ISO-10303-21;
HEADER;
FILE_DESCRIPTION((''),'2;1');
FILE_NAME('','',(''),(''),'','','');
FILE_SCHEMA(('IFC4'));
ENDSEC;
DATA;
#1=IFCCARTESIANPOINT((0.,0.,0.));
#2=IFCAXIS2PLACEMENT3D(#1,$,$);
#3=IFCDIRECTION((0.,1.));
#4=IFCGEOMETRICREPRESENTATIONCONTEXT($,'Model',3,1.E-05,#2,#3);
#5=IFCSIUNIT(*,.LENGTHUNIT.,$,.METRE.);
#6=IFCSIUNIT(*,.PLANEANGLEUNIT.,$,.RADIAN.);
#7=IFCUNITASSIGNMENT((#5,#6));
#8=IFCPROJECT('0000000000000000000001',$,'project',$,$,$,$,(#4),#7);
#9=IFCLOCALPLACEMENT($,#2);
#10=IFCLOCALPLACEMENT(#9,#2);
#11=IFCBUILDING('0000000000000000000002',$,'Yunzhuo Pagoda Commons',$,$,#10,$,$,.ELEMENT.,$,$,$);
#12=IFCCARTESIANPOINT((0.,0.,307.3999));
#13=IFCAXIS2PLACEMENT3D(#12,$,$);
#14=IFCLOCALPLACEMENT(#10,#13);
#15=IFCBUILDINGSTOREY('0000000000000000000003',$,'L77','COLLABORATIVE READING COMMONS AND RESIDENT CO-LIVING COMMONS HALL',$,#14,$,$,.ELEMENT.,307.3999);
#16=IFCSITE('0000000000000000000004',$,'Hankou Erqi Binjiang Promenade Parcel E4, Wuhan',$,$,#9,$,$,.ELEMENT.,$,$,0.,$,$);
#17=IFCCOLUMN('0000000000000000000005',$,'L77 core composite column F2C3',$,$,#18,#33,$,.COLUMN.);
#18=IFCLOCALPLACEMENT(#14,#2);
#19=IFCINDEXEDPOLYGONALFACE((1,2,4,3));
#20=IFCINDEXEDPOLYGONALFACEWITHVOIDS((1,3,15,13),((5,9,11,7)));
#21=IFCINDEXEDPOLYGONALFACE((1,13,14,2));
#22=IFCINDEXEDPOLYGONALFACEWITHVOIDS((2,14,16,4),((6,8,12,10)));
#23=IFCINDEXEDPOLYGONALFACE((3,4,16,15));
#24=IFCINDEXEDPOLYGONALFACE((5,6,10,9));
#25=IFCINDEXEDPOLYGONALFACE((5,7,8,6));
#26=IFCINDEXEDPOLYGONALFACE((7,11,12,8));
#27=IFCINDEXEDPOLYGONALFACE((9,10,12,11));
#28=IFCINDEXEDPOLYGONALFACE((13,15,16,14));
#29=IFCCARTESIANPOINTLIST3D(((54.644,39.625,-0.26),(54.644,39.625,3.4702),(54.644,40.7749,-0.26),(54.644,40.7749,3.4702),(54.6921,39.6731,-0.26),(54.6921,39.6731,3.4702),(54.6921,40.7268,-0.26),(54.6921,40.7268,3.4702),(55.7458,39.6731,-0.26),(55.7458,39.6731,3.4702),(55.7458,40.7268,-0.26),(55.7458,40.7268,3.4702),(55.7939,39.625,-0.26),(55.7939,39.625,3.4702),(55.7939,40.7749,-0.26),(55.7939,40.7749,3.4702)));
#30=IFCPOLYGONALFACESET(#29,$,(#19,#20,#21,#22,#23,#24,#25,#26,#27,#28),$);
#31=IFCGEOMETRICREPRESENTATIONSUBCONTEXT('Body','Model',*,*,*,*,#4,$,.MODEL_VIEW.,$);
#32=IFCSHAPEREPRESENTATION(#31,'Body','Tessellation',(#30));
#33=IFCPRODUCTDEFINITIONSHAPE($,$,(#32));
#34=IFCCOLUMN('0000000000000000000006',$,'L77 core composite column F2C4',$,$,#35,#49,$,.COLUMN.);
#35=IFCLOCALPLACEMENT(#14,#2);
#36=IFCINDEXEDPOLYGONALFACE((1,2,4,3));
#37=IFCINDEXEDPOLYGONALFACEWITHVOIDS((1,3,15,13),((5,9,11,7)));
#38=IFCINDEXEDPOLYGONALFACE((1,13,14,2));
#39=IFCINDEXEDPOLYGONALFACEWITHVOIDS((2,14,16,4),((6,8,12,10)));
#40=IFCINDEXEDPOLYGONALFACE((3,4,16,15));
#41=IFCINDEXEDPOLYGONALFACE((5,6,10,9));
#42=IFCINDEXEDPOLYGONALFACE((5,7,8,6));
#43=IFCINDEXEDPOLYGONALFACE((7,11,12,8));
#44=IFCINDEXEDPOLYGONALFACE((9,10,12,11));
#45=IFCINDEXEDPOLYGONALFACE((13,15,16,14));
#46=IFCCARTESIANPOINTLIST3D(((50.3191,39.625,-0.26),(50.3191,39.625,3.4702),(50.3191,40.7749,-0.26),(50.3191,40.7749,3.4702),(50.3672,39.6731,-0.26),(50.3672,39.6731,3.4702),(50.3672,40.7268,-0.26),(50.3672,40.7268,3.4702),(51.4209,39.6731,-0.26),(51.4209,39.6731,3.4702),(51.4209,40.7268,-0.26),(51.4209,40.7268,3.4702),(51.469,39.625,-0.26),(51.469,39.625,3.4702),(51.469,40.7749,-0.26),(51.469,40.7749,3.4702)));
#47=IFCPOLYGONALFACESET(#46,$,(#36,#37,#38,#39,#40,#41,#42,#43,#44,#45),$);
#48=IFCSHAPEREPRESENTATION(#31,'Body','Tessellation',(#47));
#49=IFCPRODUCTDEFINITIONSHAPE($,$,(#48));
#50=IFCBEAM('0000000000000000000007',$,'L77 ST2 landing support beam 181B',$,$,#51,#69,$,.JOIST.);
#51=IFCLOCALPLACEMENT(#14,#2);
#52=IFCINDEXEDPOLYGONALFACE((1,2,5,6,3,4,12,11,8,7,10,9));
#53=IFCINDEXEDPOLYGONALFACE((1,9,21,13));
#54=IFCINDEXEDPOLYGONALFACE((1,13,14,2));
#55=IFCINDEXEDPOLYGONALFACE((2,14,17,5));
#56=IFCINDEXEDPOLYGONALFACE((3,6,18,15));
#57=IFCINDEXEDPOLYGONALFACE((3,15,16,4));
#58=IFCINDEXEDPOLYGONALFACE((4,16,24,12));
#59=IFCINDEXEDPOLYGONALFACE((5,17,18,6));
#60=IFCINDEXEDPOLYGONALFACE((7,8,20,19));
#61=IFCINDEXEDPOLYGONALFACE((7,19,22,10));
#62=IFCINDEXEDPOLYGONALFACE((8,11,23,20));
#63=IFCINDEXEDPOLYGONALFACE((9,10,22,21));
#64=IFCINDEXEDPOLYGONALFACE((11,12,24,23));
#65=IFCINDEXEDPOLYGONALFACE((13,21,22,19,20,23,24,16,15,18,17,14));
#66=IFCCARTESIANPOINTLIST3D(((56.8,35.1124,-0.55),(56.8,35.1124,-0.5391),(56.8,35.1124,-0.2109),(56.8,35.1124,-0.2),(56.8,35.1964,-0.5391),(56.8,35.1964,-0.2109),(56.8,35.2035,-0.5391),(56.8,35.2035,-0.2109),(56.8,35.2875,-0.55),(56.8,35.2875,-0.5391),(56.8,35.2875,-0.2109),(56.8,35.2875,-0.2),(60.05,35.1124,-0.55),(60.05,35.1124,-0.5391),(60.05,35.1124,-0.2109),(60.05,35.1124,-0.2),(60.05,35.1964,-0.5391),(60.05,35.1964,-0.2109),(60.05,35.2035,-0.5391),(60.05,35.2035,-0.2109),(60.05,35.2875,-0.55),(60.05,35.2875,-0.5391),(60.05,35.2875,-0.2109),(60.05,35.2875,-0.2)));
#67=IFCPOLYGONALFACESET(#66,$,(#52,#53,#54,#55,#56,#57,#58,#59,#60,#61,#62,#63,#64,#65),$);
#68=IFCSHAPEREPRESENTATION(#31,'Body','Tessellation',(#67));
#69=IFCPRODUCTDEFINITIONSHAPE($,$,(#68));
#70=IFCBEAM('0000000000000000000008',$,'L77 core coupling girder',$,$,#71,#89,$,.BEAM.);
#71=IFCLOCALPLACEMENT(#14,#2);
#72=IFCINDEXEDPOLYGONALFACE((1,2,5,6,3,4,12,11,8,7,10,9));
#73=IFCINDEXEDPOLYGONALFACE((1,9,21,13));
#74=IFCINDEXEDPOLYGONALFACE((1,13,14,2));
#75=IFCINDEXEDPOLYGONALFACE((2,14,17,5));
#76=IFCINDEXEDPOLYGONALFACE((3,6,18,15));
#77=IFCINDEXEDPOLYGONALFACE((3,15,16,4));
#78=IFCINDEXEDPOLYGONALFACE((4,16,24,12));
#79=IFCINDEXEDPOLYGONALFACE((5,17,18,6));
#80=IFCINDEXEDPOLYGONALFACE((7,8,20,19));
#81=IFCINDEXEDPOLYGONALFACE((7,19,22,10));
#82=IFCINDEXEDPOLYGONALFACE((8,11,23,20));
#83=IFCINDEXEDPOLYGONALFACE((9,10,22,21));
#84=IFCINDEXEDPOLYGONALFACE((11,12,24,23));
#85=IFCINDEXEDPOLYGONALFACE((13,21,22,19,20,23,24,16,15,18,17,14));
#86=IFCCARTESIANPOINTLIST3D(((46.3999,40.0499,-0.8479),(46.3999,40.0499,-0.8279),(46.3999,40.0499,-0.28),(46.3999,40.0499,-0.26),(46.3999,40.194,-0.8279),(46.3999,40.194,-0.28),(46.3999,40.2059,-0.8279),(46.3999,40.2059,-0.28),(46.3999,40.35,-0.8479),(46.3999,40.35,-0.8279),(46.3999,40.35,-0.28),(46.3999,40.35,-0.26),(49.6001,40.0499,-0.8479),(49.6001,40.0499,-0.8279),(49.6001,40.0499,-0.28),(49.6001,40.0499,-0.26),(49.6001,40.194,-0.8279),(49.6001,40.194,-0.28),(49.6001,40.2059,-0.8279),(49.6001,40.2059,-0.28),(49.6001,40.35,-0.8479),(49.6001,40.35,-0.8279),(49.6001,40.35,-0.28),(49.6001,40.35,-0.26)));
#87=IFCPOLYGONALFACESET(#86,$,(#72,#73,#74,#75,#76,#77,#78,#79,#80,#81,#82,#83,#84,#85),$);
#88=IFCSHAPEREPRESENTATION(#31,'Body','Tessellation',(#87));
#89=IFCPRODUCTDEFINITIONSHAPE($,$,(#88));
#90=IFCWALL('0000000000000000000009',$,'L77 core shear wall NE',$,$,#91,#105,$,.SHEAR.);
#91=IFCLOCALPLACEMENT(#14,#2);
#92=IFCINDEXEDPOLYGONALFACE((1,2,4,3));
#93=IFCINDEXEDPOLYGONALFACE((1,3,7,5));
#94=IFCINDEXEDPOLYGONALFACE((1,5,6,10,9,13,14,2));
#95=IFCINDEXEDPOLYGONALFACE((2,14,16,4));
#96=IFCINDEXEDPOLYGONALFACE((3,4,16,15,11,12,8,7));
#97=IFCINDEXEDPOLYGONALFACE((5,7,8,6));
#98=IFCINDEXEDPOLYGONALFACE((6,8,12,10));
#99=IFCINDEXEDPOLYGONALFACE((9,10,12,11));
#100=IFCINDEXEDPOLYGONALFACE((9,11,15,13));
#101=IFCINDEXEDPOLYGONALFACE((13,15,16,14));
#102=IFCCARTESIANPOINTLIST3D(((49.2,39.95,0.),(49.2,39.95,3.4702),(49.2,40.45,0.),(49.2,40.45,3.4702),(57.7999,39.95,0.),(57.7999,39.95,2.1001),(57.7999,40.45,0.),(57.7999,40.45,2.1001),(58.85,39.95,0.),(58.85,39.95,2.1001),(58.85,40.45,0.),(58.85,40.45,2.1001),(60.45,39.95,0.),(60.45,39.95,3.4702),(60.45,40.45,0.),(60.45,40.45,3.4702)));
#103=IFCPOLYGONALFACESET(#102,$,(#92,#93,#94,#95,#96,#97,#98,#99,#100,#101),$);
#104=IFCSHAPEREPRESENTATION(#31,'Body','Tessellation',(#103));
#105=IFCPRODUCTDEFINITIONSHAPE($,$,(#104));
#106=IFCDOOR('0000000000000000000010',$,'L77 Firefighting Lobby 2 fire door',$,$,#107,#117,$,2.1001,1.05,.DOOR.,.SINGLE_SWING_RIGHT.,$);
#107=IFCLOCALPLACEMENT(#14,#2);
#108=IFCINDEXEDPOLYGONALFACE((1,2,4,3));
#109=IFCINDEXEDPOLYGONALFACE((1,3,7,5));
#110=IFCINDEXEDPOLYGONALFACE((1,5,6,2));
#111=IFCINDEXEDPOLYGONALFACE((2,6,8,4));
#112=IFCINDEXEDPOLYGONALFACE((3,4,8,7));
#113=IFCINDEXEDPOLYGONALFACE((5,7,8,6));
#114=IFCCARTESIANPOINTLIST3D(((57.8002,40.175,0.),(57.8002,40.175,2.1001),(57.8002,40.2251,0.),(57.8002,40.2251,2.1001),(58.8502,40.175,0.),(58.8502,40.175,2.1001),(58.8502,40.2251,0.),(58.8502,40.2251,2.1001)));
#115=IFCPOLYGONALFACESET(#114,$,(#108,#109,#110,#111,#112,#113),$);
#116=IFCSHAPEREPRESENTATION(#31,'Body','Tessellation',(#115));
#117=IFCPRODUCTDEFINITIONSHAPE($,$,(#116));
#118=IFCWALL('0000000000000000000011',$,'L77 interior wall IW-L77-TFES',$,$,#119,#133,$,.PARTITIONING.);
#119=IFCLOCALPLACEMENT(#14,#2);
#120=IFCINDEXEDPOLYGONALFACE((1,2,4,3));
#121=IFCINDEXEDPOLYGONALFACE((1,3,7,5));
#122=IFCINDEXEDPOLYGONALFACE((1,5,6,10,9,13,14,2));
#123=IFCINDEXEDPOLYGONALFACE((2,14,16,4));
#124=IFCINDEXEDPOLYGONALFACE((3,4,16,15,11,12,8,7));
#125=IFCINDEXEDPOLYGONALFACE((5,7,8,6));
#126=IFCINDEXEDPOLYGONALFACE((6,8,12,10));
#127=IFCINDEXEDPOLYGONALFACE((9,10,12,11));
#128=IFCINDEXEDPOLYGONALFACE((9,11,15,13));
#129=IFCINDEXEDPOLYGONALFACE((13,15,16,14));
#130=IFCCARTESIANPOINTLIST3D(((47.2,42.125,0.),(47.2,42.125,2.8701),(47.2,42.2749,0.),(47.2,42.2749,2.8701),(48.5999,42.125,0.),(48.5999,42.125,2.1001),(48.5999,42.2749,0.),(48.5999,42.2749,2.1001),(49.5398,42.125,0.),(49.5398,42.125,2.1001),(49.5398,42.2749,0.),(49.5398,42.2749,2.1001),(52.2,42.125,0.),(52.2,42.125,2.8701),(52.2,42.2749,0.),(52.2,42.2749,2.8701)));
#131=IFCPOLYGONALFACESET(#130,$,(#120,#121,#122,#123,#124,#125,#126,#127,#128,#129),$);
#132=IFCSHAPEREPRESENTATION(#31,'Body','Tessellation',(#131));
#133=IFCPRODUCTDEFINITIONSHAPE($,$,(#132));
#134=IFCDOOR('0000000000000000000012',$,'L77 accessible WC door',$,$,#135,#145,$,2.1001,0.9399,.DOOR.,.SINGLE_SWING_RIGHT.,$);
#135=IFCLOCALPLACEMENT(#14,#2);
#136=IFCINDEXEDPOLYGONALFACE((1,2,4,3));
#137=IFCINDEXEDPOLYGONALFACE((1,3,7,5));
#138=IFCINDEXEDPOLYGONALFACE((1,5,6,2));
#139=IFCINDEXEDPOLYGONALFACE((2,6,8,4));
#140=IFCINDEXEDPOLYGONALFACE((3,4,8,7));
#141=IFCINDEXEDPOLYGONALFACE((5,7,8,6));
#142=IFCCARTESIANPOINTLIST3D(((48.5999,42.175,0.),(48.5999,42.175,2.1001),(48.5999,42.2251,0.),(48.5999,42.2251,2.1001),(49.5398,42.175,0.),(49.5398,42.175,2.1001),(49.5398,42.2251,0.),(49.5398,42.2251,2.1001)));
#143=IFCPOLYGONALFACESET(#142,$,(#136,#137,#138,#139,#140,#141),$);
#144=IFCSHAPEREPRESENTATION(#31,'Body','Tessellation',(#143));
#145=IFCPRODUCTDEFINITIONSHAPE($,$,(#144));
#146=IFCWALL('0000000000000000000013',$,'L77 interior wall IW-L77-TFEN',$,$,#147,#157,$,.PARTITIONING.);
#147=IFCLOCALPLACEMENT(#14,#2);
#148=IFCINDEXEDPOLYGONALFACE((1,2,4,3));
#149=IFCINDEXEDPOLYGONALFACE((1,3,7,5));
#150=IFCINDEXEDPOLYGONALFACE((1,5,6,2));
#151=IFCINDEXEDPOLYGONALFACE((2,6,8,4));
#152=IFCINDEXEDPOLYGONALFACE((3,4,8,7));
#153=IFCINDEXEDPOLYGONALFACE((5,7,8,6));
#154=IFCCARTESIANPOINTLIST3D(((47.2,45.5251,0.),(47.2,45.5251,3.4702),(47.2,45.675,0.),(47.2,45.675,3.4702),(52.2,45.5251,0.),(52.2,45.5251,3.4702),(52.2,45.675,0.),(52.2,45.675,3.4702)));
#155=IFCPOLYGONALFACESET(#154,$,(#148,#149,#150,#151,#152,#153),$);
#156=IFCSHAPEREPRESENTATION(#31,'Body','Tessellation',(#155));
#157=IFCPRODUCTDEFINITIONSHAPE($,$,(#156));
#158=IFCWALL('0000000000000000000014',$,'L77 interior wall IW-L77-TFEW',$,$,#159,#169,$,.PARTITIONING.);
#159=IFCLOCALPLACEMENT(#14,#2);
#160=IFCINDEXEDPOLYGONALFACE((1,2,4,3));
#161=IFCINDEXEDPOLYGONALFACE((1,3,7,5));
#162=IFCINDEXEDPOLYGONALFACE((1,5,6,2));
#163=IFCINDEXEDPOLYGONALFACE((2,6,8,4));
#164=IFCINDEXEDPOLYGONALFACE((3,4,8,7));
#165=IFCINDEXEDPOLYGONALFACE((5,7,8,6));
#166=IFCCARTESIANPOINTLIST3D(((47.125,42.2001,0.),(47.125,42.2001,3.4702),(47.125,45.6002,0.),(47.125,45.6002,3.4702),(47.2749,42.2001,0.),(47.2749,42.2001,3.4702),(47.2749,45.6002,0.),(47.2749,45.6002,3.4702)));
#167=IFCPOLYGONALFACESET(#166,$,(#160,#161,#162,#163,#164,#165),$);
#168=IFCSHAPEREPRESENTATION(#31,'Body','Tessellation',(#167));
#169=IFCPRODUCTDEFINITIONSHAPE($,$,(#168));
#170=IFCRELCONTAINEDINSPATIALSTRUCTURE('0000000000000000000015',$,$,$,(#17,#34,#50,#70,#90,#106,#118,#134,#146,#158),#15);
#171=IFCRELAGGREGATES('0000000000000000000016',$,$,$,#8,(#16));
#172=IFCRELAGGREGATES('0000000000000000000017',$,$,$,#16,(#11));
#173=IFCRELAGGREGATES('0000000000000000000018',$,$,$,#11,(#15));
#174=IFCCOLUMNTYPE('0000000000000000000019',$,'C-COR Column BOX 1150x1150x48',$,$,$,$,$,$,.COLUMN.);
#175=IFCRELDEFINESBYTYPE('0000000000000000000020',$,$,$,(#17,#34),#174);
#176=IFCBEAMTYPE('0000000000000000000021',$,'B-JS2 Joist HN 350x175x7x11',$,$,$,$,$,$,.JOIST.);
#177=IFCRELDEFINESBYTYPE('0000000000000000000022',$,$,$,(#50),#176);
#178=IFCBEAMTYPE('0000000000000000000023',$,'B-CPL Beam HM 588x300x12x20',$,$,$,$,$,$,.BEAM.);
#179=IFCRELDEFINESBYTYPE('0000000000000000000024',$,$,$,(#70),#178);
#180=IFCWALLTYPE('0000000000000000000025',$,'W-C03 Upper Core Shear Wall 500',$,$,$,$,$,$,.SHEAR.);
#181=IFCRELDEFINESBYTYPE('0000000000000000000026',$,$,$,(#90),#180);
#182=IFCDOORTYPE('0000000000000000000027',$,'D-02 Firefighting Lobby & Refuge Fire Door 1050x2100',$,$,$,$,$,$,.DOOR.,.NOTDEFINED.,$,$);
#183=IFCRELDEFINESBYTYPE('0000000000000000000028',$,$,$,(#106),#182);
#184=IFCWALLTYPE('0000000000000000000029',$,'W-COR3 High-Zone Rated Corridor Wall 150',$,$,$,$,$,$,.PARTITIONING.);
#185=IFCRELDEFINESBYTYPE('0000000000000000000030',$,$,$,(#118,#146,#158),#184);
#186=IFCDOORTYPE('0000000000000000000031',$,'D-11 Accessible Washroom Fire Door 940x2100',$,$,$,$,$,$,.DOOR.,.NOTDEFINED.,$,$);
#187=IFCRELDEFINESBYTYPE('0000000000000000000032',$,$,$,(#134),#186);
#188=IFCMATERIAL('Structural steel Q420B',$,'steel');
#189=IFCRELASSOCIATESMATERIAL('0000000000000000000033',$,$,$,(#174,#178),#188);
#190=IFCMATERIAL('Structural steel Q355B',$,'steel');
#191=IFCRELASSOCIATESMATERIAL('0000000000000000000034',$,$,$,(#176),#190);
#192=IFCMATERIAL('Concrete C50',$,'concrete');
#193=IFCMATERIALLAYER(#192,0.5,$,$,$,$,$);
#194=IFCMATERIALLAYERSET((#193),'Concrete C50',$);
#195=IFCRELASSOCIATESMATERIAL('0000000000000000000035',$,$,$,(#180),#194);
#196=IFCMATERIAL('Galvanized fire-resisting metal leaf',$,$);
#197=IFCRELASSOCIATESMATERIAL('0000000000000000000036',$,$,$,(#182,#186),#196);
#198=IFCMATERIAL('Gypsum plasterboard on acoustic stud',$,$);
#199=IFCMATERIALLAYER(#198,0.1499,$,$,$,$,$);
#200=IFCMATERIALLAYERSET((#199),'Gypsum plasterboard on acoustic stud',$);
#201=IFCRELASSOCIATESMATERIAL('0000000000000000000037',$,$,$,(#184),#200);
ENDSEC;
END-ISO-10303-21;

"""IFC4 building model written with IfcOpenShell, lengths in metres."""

from ifc_helpers import new_model, si_unit, direction, frame, frame_2d, origin, origin_2d, place, context, subcontext, project, spatial, rectangle, hollow_rectangle, i_section, extrude, source, transform, mapped, material, layer, layer_set, material_profile, profile_set, type_object, element, fill, save


model = new_model("IFC4")

# Units and contexts
model_context = context("Model", 3, precision=1e-05, world=origin(), true_north=direction((0.0, 1.0)))
body_context = subcontext(model_context, "Body", "Model", "MODEL_VIEW")
ifc_project = project(units=[si_unit("LENGTHUNIT", "METRE"), si_unit("PLANEANGLEUNIT", "RADIAN")], contexts=[model_context])

# Site, building, storey
site_placement = place(None, origin())
site = spatial("IfcSite", under=ifc_project, at=site_placement, Name="Hankou Erqi Binjiang Promenade Parcel E4, Wuhan", CompositionType="ELEMENT", RefElevation=0.0)
building_placement = place(site_placement, origin())
building = spatial("IfcBuilding", under=site, at=building_placement, Name="Yunzhuo Pagoda Commons", CompositionType="ELEMENT")
storey_placement = place(building_placement, frame((0.0, 0.0, 307.3999)))
storey = spatial("IfcBuildingStorey", under=building, at=storey_placement, Name="L77", Description="COLLABORATIVE READING COMMONS AND RESIDENT CO-LIVING COMMONS HALL", CompositionType="ELEMENT", Elevation=307.3999)

# Columns
ifc_material_1 = material(Name="Structural steel Q420B", Category="steel")
ifc_material_profile_1 = material_profile(ifc_material_1, hollow_rectangle(XDim=1.1499, YDim=1.1499, WallThickness=0.0481, at=origin_2d()), Name="Structural steel Q420B")
ifc_profile_set_1 = profile_set([ifc_material_profile_1], Name="Structural steel Q420B")
column_type = type_object("IfcColumnType", Name="C-COR Column BOX 1150x1150x48", PredefinedType="COLUMN", material=ifc_profile_set_1)
shared_shape_1 = source(origin(), body_context, "Body", "SweptSolid", [
    extrude(hollow_rectangle(XDim=1.1499, YDim=1.1499, WallThickness=0.0481, at=origin_2d()), origin(), (0.0, 0.0, 1.0), 3.7302),
])
for number, where, z_axis, x_axis, name in (
    (1, (55.219, 40.2, -0.26), (0.0, 0.0, 1.0), (1.0, 0.0, 0.0), "L77 core composite column F2C3"),
    (2, (50.894, 40.2, -0.26), (0.0, 0.0, 1.0), (1.0, 0.0, 0.0), "L77 core composite column F2C4"),
):
    element("IfcColumn", number, at=place(storey_placement, frame(where, z_axis=z_axis, x_axis=x_axis)), inside=storey, type_object=column_type, Name=name, PredefinedType="COLUMN", context=body_context, shape_type="MappedRepresentation", body=[
        mapped(shared_shape_1, transform((0.0, 0.0, 0.0), scale=1.0)),
    ])

# Beams
ifc_material_2 = material(Name="Structural steel Q355B", Category="steel")
ifc_material_profile_2 = material_profile(ifc_material_2, i_section(OverallWidth=0.175, OverallDepth=0.3501, WebThickness=0.0071, FlangeThickness=0.011, at=origin_2d()), Name="Structural steel Q355B")
ifc_profile_set_2 = profile_set([ifc_material_profile_2], Name="Structural steel Q355B")
beam_type_1 = type_object("IfcBeamType", Name="B-JS2 Joist HN 350x175x7x11", PredefinedType="JOIST", material=ifc_profile_set_2)
shared_shape_2 = source(origin(), body_context, "Body", "SweptSolid", [
    extrude(i_section(OverallWidth=0.175, OverallDepth=0.3501, WebThickness=0.0071, FlangeThickness=0.011, at=origin_2d()), origin(), (0.0, 0.0, 1.0), 3.25),
])
beam_1_placement = place(storey_placement, frame((56.8, 35.2, -0.375), z_axis=(1.0, 0.0, 0.0), x_axis=(0.0, 1.0, 0.0)))
element("IfcBeam", 3, at=beam_1_placement, inside=storey, type_object=beam_type_1, Name="L77 ST2 landing support beam 181B", PredefinedType="JOIST", context=body_context, shape_type="MappedRepresentation", body=[
    mapped(shared_shape_2, transform((0.0, 0.0, 0.0), scale=1.0)),
])
ifc_material_profile_3 = material_profile(ifc_material_1, i_section(OverallWidth=0.3, OverallDepth=0.5879, WebThickness=0.012, FlangeThickness=0.02, at=origin_2d()), Name="Structural steel Q420B")
ifc_profile_set_3 = profile_set([ifc_material_profile_3], Name="Structural steel Q420B")
beam_type_2 = type_object("IfcBeamType", Name="B-CPL Beam HM 588x300x12x20", PredefinedType="BEAM", material=ifc_profile_set_3)
shared_shape_3 = source(origin(), body_context, "Body", "SweptSolid", [
    extrude(i_section(OverallWidth=0.3, OverallDepth=0.5879, WebThickness=0.012, FlangeThickness=0.02, at=origin_2d()), origin(), (0.0, 0.0, 1.0), 3.2002),
])
beam_2_placement = place(storey_placement, frame((46.3999, 40.2, -0.554), z_axis=(1.0, 0.0, 0.0), x_axis=(0.0, 1.0, 0.0)))
element("IfcBeam", 4, at=beam_2_placement, inside=storey, type_object=beam_type_2, Name="L77 core coupling girder", PredefinedType="BEAM", context=body_context, shape_type="MappedRepresentation", body=[
    mapped(shared_shape_3, transform((0.0, 0.0, 0.0), scale=1.0)),
])

# Walls, openings, doors
ifc_material_3 = material(Name="Concrete C50", Category="concrete")
ifc_layer_1 = layer(ifc_material_3, 0.5)
ifc_layer_set_1 = layer_set([ifc_layer_1], Name="Concrete C50")
wall_type_1 = type_object("IfcWallType", Name="W-C03 Upper Core Shear Wall 500", PredefinedType="SHEAR", material=ifc_layer_set_1)
wall_1_placement = place(storey_placement, frame((49.2, 40.2, 0.0), z_axis=(0.0, 0.0, 1.0), x_axis=(1.0, 0.0, 0.0)))
wall_1 = element("IfcWall", 5, at=wall_1_placement, inside=storey, type_object=wall_type_1, Name="L77 core shear wall NE", PredefinedType="SHEAR", context=body_context, shape_type="SweptSolid", body=[
    extrude(rectangle(XDim=11.25, YDim=0.5, at=frame_2d((5.625, 0.0))), origin(), (0.0, 0.0, 1.0), 3.4702),
])
opening_1_placement = place(wall_1_placement, frame((8.6001, 0.0, 0.0)))
opening_1 = element("IfcOpeningElement", 6, at=opening_1_placement, cuts=wall_1, PredefinedType="OPENING", context=body_context, shape_type="SweptSolid", body=[
    extrude(rectangle(XDim=1.05, YDim=2.1001, at=frame_2d((0.5249, 1.05))), frame((0.0, 0.26, 0.0), z_axis=(0.0, -1.0, 0.0), x_axis=(1.0, 0.0, 0.0)), (0.0, 0.0, 1.0), 0.52),
])
ifc_material_4 = material(Name="Galvanized fire-resisting metal leaf")
door_type_1 = type_object("IfcDoorType", Name="D-02 Firefighting Lobby & Refuge Fire Door 1050x2100", OperationType="NOTDEFINED", PredefinedType="DOOR", material=ifc_material_4)
shared_shape_4 = source(origin(), body_context, "Body", "SweptSolid", [
    extrude(rectangle(XDim=1.05, YDim=2.1001, at=frame_2d((0.5249, 1.05))), frame((0.0, 0.0249, 0.0), z_axis=(0.0, -1.0, 0.0), x_axis=(1.0, 0.0, 0.0)), (0.0, 0.0, 1.0), 0.05),
])
door_1_placement = place(opening_1_placement, frame((1.05, 0.0, 0.0), z_axis=(0.0, 0.0, 1.0), x_axis=(-1.0, 0.0, 0.0)))
door_1 = element("IfcDoor", 7, at=door_1_placement, inside=storey, type_object=door_type_1, Name="L77 Firefighting Lobby 2 fire door", OperationType="SINGLE_SWING_RIGHT", OverallHeight=2.1001, OverallWidth=1.05, PredefinedType="DOOR", context=body_context, shape_type="MappedRepresentation", body=[
    mapped(shared_shape_4, transform((0.0, 0.0, 0.0), scale=1.0)),
])
fill(opening_1, door_1)
ifc_material_5 = material(Name="Gypsum plasterboard on acoustic stud")
ifc_layer_2 = layer(ifc_material_5, 0.1499)
ifc_layer_set_2 = layer_set([ifc_layer_2], Name="Gypsum plasterboard on acoustic stud")
wall_type_2 = type_object("IfcWallType", Name="W-COR3 High-Zone Rated Corridor Wall 150", PredefinedType="PARTITIONING", material=ifc_layer_set_2)
wall_2_placement = place(storey_placement, frame((47.2, 42.2, 0.0), z_axis=(0.0, 0.0, 1.0), x_axis=(1.0, 0.0, 0.0)))
wall_2 = element("IfcWall", 8, at=wall_2_placement, inside=storey, type_object=wall_type_2, Name="L77 interior wall IW-L77-TFES", PredefinedType="PARTITIONING", context=body_context, shape_type="SweptSolid", body=[
    extrude(rectangle(XDim=5.0, YDim=0.1499, at=frame_2d((2.5, 0.0))), origin(), (0.0, 0.0, 1.0), 2.8701),
])
opening_2_placement = place(wall_2_placement, frame((1.3999, 0.0, 0.0)))
opening_2 = element("IfcOpeningElement", 9, at=opening_2_placement, cuts=wall_2, PredefinedType="OPENING", context=body_context, shape_type="SweptSolid", body=[
    extrude(rectangle(XDim=0.9399, YDim=2.1001, at=frame_2d((0.47, 1.05))), frame((0.0, 0.085, 0.0), z_axis=(0.0, -1.0, 0.0), x_axis=(1.0, 0.0, 0.0)), (0.0, 0.0, 1.0), 0.1699),
])
door_type_2 = type_object("IfcDoorType", Name="D-11 Accessible Washroom Fire Door 940x2100", OperationType="NOTDEFINED", PredefinedType="DOOR", material=ifc_material_4)
shared_shape_5 = source(origin(), body_context, "Body", "SweptSolid", [
    extrude(rectangle(XDim=0.9399, YDim=2.1001, at=frame_2d((0.47, 1.05))), frame((0.0, 0.0249, 0.0), z_axis=(0.0, -1.0, 0.0), x_axis=(1.0, 0.0, 0.0)), (0.0, 0.0, 1.0), 0.05),
])
door_2_placement = place(opening_2_placement, frame((0.9399, 0.0, 0.0), z_axis=(0.0, 0.0, 1.0), x_axis=(-1.0, 0.0, 0.0)))
door_2 = element("IfcDoor", 10, at=door_2_placement, inside=storey, type_object=door_type_2, Name="L77 accessible WC door", OperationType="SINGLE_SWING_RIGHT", OverallHeight=2.1001, OverallWidth=0.9399, PredefinedType="DOOR", context=body_context, shape_type="MappedRepresentation", body=[
    mapped(shared_shape_5, transform((0.0, 0.0, 0.0), scale=1.0)),
])
fill(opening_2, door_2)

# Walls
wall_3_placement = place(storey_placement, frame((47.2, 45.6001, 0.0), z_axis=(0.0, 0.0, 1.0), x_axis=(1.0, 0.0, 0.0)))
element("IfcWall", 11, at=wall_3_placement, inside=storey, type_object=wall_type_2, Name="L77 interior wall IW-L77-TFEN", PredefinedType="PARTITIONING", context=body_context, shape_type="SweptSolid", body=[
    extrude(rectangle(XDim=5.0, YDim=0.1499, at=frame_2d((2.5, 0.0))), origin(), (0.0, 0.0, 1.0), 3.4702),
])
wall_4_placement = place(storey_placement, frame((47.2, 42.2, 0.0), z_axis=(0.0, 0.0, 1.0), x_axis=(0.0, 1.0, 0.0)))
element("IfcWall", 12, at=wall_4_placement, inside=storey, type_object=wall_type_2, Name="L77 interior wall IW-L77-TFEW", PredefinedType="PARTITIONING", context=body_context, shape_type="SweptSolid", body=[
    extrude(rectangle(XDim=3.4001, YDim=0.1499, at=frame_2d((1.7002, 0.0))), origin(), (0.0, 0.0, 1.0), 3.4702),
])

save(model, "model.ifc")
